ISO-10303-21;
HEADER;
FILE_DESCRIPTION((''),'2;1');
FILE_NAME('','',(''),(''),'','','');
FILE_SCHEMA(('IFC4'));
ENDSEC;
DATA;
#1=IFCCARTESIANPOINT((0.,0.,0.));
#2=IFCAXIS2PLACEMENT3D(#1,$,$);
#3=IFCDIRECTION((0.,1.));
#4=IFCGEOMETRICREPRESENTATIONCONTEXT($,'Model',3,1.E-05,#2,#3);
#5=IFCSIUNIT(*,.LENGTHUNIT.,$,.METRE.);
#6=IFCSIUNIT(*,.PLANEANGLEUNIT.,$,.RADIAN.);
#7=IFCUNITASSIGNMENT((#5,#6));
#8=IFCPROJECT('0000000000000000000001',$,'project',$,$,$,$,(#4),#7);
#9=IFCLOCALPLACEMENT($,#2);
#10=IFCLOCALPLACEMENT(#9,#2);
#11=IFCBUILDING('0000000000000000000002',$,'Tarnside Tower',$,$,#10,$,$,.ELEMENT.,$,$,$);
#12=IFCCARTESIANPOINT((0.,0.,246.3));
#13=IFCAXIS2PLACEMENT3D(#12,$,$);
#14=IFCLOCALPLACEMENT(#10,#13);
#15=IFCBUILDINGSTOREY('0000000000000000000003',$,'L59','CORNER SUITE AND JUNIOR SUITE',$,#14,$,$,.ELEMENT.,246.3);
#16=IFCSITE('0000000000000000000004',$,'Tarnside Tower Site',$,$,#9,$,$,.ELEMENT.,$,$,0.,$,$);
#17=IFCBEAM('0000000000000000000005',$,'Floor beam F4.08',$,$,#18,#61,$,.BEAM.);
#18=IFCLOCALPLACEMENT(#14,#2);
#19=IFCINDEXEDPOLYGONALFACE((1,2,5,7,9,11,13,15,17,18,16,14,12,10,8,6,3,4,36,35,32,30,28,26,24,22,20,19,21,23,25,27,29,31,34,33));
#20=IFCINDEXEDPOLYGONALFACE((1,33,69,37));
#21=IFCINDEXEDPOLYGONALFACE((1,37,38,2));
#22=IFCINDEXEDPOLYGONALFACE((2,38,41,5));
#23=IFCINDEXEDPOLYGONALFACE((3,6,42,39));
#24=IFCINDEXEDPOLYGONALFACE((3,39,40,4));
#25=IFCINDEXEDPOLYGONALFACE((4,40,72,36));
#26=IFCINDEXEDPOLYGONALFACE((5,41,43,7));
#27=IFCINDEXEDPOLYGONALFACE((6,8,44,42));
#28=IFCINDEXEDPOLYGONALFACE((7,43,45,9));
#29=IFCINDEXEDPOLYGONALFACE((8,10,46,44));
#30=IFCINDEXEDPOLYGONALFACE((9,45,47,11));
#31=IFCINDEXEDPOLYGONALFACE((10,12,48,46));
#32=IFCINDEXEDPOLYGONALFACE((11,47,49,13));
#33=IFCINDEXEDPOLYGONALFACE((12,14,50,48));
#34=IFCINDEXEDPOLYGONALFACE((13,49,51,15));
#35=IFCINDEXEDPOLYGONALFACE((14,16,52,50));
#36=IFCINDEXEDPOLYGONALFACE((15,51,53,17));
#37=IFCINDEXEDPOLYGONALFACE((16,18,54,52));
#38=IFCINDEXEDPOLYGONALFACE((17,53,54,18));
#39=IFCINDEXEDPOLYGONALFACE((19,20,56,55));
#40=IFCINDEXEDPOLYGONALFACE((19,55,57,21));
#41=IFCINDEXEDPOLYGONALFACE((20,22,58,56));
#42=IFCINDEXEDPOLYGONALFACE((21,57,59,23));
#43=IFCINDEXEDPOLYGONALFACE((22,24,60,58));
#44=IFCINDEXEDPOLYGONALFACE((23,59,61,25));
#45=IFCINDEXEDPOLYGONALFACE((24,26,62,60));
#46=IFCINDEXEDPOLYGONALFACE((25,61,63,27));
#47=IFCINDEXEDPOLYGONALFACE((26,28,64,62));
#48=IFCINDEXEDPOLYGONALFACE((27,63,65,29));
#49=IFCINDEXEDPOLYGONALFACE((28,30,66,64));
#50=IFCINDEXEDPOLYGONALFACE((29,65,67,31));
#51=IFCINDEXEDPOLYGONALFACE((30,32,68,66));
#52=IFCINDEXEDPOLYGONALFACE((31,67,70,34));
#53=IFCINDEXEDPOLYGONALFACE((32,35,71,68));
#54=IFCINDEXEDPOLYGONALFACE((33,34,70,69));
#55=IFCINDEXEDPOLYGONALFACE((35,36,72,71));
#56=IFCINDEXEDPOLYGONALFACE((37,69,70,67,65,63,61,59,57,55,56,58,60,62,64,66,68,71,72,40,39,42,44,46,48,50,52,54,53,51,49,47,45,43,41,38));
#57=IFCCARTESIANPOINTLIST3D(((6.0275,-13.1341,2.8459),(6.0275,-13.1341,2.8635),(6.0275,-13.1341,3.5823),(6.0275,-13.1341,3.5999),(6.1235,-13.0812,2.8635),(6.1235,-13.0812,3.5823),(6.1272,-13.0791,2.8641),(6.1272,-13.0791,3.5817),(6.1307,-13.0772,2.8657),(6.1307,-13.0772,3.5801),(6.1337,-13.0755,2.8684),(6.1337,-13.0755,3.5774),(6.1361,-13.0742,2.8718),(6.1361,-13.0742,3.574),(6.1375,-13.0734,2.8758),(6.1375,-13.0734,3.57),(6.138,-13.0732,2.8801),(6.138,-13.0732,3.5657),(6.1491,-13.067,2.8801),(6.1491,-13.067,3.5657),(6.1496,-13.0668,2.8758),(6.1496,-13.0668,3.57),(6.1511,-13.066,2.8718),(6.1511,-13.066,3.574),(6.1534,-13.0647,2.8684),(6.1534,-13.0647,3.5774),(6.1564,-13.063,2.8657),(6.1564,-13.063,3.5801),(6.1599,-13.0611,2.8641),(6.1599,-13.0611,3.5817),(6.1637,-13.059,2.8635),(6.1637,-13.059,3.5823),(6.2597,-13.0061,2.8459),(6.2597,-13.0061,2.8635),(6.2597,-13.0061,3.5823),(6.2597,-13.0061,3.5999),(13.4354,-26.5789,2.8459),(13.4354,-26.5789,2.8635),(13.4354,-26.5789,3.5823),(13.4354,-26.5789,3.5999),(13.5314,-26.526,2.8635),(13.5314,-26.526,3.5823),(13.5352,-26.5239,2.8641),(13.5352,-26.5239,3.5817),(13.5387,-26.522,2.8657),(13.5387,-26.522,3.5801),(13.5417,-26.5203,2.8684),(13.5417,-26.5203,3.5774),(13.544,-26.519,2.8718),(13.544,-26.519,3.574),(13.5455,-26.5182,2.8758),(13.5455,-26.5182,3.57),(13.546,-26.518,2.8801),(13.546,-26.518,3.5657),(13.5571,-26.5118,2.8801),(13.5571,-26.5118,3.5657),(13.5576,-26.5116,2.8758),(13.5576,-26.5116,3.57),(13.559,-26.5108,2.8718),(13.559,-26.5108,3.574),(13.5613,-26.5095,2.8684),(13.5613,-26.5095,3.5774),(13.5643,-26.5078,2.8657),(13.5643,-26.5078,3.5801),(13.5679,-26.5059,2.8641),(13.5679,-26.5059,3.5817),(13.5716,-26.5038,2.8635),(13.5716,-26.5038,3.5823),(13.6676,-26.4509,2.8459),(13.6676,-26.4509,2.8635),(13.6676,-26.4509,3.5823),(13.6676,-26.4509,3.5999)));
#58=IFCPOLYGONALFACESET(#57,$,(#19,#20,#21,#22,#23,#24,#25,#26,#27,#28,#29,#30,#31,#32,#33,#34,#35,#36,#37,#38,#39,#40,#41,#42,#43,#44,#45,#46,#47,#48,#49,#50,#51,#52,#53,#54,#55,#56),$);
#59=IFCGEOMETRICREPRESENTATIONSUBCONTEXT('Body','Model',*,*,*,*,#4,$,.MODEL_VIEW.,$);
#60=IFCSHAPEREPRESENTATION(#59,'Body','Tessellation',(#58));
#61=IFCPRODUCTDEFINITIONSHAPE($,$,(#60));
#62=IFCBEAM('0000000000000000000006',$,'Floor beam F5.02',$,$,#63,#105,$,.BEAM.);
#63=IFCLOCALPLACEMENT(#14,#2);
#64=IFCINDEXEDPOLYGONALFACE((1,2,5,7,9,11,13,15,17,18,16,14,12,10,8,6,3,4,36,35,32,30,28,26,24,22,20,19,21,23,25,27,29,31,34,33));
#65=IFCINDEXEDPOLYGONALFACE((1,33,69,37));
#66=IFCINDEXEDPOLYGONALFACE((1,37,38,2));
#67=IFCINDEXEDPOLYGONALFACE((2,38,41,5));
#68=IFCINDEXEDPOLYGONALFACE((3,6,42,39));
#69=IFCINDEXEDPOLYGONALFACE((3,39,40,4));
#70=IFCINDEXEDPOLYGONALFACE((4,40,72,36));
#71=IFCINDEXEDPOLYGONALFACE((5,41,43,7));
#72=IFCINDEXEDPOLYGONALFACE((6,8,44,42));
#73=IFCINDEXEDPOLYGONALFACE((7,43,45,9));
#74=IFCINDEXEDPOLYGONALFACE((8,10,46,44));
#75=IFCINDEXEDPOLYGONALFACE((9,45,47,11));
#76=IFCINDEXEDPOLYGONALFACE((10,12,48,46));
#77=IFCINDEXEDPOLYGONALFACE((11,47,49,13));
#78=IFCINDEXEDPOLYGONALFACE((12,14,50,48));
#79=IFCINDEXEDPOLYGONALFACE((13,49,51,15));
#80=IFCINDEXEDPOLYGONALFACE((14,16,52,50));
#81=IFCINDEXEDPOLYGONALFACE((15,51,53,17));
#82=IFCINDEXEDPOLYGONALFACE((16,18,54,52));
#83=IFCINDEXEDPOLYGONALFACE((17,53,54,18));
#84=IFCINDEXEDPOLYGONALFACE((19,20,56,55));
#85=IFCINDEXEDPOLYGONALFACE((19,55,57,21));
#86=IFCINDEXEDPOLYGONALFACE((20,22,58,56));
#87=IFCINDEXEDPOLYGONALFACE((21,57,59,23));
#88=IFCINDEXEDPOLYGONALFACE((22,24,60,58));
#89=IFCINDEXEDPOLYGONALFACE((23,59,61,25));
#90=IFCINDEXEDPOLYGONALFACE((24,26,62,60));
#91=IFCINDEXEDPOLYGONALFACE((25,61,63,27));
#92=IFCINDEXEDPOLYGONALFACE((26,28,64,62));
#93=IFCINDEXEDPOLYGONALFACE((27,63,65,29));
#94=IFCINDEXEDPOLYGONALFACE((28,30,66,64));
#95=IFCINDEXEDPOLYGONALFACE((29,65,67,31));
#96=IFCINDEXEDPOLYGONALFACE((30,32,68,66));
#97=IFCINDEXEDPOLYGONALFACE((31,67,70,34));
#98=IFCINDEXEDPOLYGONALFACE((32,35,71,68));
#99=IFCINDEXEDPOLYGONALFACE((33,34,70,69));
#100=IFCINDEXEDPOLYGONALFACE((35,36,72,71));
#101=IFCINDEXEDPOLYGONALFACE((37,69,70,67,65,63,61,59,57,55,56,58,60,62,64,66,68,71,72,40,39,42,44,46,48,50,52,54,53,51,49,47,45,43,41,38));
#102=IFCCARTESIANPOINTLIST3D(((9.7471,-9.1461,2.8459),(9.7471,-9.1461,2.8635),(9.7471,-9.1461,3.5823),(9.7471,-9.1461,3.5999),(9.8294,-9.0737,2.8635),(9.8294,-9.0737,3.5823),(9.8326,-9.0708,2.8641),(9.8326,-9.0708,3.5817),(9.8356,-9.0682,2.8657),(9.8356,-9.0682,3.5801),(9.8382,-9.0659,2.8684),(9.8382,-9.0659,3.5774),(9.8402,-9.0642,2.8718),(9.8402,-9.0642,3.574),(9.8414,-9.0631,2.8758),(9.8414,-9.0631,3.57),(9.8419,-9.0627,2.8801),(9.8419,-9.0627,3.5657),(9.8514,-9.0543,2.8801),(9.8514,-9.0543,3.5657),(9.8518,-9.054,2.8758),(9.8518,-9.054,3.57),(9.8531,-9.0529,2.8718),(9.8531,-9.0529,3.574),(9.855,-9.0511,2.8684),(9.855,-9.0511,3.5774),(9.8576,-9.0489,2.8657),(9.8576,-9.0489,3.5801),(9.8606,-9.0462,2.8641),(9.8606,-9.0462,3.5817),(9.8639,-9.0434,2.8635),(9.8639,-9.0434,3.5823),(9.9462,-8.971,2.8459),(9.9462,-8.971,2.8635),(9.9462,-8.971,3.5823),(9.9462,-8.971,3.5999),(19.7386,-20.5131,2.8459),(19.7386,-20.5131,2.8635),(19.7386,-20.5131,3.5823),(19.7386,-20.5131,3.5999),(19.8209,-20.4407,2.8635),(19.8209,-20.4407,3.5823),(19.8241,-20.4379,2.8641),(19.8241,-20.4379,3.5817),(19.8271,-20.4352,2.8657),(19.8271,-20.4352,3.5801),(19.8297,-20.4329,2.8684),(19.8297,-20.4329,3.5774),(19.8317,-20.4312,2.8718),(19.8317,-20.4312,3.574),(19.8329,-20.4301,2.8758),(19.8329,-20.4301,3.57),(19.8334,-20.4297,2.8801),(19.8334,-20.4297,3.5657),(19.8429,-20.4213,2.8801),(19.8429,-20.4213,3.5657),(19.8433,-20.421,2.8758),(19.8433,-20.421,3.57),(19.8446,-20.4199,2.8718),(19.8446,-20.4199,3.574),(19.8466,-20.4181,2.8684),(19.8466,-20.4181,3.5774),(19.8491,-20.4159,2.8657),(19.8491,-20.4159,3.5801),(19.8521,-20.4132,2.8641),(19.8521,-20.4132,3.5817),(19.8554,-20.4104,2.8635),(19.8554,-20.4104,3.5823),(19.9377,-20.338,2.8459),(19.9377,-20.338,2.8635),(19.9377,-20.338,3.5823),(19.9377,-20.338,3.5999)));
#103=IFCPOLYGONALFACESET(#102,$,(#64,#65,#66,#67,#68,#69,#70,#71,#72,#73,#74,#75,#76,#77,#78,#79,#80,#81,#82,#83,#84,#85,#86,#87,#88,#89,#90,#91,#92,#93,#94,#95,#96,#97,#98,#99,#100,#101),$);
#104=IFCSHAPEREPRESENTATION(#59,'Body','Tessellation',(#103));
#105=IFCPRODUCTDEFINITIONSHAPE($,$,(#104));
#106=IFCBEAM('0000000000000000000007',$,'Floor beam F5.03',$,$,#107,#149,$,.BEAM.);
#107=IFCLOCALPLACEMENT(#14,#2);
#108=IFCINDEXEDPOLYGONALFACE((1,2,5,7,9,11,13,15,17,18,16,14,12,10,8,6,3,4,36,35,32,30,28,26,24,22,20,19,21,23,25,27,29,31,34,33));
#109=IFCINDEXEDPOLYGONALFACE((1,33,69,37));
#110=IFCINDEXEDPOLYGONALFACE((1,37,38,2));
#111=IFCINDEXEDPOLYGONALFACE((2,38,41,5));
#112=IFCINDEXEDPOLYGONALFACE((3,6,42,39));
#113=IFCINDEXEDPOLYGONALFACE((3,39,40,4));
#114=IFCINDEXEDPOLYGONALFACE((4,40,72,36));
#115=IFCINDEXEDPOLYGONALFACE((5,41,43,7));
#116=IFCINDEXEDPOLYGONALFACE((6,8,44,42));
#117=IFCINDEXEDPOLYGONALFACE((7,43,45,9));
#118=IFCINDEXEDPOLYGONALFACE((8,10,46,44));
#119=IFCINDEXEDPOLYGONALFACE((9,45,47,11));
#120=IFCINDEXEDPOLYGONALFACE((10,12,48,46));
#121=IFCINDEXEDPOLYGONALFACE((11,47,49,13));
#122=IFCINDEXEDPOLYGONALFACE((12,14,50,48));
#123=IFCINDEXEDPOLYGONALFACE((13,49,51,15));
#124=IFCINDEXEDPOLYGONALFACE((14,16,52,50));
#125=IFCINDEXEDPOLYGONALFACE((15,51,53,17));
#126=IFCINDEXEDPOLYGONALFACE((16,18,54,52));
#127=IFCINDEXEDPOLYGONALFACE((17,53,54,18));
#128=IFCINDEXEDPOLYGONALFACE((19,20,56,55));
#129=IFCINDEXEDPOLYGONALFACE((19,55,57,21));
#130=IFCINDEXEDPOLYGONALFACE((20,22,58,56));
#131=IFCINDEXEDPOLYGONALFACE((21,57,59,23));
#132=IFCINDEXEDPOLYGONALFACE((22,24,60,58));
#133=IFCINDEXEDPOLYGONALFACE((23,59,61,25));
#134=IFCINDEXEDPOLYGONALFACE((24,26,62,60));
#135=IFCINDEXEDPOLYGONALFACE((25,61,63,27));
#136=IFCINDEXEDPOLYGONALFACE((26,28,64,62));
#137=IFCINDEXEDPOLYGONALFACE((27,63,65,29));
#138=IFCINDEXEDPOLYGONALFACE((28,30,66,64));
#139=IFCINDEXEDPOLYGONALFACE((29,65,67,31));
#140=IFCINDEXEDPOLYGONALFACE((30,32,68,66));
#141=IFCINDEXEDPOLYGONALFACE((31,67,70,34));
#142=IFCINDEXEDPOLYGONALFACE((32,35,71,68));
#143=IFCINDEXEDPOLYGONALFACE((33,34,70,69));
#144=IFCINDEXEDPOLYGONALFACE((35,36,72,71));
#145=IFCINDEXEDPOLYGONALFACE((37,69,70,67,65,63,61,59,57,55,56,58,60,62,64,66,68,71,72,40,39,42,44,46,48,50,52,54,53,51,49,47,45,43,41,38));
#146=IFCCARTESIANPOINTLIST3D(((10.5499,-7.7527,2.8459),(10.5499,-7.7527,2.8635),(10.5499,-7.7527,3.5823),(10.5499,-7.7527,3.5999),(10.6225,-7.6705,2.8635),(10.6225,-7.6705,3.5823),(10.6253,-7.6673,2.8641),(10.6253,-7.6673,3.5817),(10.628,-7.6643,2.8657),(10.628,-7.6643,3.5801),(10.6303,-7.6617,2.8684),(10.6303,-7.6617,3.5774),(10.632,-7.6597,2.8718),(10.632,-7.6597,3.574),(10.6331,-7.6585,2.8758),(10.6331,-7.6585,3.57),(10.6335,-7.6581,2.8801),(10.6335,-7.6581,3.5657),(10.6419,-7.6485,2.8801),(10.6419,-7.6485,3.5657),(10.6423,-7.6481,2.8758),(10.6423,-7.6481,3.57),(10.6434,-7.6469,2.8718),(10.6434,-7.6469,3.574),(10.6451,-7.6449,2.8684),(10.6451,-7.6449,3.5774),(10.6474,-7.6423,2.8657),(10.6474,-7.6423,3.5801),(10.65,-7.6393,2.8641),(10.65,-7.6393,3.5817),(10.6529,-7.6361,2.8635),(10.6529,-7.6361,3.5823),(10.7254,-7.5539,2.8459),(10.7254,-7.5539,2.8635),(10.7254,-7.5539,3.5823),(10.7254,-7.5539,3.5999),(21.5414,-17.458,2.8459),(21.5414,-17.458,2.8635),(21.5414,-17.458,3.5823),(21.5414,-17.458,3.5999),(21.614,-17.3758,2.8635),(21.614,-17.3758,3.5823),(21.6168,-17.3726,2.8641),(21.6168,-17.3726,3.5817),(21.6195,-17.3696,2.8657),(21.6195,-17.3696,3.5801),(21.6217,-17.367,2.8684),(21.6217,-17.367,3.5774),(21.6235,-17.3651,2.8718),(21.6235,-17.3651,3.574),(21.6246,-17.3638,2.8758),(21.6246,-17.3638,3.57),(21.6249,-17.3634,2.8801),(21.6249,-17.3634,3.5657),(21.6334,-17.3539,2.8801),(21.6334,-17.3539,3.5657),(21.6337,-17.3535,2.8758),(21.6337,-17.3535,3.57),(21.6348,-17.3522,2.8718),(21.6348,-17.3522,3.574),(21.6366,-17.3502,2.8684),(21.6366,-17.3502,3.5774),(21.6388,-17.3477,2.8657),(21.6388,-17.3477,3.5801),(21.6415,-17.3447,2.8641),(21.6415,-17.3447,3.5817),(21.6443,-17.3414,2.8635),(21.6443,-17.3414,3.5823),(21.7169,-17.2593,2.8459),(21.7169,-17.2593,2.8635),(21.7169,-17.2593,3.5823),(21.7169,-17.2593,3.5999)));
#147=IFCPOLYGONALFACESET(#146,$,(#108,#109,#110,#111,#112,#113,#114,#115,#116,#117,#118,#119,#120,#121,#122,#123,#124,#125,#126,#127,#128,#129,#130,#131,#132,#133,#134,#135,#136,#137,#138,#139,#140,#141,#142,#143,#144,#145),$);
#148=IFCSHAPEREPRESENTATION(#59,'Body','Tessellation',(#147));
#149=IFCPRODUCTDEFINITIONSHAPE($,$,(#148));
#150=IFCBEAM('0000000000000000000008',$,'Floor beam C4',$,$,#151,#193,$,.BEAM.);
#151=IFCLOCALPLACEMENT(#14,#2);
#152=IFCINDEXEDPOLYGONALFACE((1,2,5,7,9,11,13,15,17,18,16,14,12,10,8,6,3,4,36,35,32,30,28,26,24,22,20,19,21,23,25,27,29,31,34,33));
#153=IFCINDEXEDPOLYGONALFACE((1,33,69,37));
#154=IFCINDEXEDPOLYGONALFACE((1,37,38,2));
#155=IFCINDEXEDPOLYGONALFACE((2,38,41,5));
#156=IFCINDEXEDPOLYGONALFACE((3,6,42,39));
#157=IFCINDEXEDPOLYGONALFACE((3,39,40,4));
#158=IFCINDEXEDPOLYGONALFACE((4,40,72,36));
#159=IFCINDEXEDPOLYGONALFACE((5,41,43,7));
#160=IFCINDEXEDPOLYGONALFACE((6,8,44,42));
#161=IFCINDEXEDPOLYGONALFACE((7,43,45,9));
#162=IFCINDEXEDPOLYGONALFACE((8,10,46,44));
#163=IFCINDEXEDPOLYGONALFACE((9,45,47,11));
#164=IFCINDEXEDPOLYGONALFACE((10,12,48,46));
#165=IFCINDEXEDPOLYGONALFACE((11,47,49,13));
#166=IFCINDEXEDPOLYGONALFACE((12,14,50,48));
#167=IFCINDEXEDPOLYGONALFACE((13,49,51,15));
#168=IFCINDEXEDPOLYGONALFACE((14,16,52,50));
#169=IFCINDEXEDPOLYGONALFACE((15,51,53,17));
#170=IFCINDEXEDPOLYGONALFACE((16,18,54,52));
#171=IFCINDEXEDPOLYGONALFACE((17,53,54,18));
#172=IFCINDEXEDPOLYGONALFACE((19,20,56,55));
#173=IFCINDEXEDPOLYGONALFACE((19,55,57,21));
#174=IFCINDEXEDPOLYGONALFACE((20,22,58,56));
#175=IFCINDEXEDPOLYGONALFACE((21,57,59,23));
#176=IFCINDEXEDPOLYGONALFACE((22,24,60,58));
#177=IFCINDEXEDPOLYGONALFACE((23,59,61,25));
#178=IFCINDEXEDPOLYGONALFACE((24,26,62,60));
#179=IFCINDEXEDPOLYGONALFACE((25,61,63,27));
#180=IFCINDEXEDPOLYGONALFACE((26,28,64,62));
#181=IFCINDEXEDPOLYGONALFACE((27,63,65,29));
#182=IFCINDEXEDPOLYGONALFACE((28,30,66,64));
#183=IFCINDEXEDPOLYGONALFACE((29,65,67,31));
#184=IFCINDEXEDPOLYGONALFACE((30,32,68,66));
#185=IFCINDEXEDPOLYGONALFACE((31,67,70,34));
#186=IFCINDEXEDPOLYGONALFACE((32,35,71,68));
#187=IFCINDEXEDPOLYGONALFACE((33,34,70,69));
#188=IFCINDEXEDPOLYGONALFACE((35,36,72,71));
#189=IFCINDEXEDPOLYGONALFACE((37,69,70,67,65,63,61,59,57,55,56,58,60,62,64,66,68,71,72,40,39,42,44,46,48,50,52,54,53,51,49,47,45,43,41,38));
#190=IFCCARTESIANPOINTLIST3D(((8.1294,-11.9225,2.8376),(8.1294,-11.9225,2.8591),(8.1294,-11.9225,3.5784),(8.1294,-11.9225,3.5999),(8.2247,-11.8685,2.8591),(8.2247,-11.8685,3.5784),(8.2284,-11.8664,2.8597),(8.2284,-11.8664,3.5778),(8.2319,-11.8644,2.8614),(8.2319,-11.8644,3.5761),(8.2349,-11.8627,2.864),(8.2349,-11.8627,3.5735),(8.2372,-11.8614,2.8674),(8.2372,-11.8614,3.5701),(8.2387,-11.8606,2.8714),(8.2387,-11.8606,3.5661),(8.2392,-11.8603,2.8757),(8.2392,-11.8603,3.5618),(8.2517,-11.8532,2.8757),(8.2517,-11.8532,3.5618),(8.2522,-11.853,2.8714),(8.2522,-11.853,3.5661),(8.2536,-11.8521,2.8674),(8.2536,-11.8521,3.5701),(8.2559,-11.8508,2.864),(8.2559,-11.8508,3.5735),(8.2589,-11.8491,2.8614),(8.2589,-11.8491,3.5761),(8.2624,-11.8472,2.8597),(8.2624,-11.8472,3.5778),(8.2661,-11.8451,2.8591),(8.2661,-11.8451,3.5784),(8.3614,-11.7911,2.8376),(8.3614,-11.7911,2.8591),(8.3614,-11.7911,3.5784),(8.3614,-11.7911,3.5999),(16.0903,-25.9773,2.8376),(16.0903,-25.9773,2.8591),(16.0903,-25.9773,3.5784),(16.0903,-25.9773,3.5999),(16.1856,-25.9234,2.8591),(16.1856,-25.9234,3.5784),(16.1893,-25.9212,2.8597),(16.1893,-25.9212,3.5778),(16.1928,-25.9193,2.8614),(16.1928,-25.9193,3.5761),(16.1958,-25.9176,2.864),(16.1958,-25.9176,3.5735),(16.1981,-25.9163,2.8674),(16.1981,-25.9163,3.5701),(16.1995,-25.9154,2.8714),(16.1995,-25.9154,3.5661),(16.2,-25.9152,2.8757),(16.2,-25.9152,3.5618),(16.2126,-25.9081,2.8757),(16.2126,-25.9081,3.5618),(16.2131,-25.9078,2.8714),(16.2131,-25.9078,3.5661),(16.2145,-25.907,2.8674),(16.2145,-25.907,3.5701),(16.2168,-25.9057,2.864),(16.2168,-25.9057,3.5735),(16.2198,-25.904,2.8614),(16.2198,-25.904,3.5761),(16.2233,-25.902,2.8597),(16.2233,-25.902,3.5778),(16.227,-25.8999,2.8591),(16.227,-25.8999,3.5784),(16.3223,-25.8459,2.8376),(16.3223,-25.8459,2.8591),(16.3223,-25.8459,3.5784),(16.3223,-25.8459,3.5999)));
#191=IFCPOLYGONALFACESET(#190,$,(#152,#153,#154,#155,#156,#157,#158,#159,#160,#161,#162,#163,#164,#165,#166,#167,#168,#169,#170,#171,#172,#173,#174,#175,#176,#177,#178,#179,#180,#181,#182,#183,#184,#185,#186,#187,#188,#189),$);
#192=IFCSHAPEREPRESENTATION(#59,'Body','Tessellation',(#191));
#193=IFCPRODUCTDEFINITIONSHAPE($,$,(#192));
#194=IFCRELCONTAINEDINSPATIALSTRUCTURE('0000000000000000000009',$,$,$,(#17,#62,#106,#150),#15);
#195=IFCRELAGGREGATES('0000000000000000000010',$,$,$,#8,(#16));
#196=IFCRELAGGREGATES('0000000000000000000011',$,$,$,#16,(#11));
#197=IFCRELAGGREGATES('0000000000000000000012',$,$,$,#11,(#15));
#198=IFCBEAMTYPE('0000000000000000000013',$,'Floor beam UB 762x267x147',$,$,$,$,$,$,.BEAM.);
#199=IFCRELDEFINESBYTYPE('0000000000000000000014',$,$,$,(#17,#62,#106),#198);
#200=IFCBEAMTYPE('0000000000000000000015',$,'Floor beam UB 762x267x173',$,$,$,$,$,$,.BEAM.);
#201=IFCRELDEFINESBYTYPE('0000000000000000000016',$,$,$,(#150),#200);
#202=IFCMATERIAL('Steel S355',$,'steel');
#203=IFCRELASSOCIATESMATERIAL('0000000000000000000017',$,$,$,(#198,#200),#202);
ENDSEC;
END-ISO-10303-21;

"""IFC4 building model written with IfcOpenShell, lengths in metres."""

from ifc_helpers import new_model, si_unit, direction, frame, origin, origin_2d, place, context, subcontext, project, spatial, i_section, extrude, material, material_profile, profile_set, type_object, element, save


model = new_model("IFC4")

# Units and contexts
model_context = context("Model", 3, precision=1e-05, world=origin(), true_north=direction((0.0, 1.0)))
body_context = subcontext(model_context, "Body", "Model", "MODEL_VIEW")
ifc_project = project(units=[si_unit("LENGTHUNIT", "METRE"), si_unit("PLANEANGLEUNIT", "RADIAN")], contexts=[model_context])

# Site, building, storey
site_placement = place(None, origin())
site = spatial("IfcSite", under=ifc_project, at=site_placement, Name="Tarnside Tower Site", CompositionType="ELEMENT", RefElevation=0.0)
building_placement = place(site_placement, origin())
building = spatial("IfcBuilding", under=site, at=building_placement, Name="Tarnside Tower", CompositionType="ELEMENT")
storey_placement = place(building_placement, frame((0.0, 0.0, 246.3)))
storey = spatial("IfcBuildingStorey", under=building, at=storey_placement, Name="L59", Description="CORNER SUITE AND JUNIOR SUITE", CompositionType="ELEMENT", Elevation=246.3)

# Beams
ifc_material_1 = material(Name="Steel S355", Category="steel")
ifc_material_profile_1 = material_profile(ifc_material_1, i_section(OverallWidth=0.2651, OverallDepth=0.7539, WebThickness=0.0127, FlangeThickness=0.0176, FilletRadius=0.0166, at=origin_2d()), Name="UB 762x267x147")
ifc_profile_set_1 = profile_set([ifc_material_profile_1], Name="Steel S355")
beam_type_1 = type_object("IfcBeamType", Name="Floor beam UB 762x267x147", PredefinedType="BEAM", material=ifc_profile_set_1)
beam_1_placement = place(storey_placement, frame((13.5515, -26.5149, 3.2229), z_axis=(-0.482584, 0.87585, 0.0), x_axis=(-0.87585, -0.482584, 0.0)))
element("IfcBeam", 1, at=beam_1_placement, inside=storey, type_object=beam_type_1, Name="Floor beam F4.08", PredefinedType="BEAM", context=body_context, shape_type="SweptSolid", body=[
    extrude(i_section(OverallWidth=0.2651, OverallDepth=0.7539, WebThickness=0.0127, FlangeThickness=0.0176, FilletRadius=0.0166, at=origin_2d()), origin(), (0.0, 0.0, 1.0), 15.3506),
])
beam_2_placement = place(storey_placement, frame((19.8381, -20.4255, 3.2229), z_axis=(-0.660201, 0.751089, 0.0), x_axis=(-0.751089, -0.660201, 0.0)))
element("IfcBeam", 2, at=beam_2_placement, inside=storey, type_object=beam_type_1, Name="Floor beam F5.02", PredefinedType="BEAM", context=body_context, shape_type="SweptSolid", body=[
    extrude(i_section(OverallWidth=0.2651, OverallDepth=0.7539, WebThickness=0.0127, FlangeThickness=0.0176, FilletRadius=0.0166, at=origin_2d()), origin(), (0.0, 0.0, 1.0), 15.134),
])
beam_3_placement = place(storey_placement, frame((21.6292, -17.3586, 3.2229), z_axis=(-0.749602, 0.661889, 0.0), x_axis=(-0.661889, -0.749602, 0.0)))
element("IfcBeam", 3, at=beam_3_placement, inside=storey, type_object=beam_type_1, Name="Floor beam F5.03", PredefinedType="BEAM", context=body_context, shape_type="SweptSolid", body=[
    extrude(i_section(OverallWidth=0.2651, OverallDepth=0.7539, WebThickness=0.0127, FlangeThickness=0.0176, FilletRadius=0.0166, at=origin_2d()), origin(), (0.0, 0.0, 1.0), 14.6631),
])
ifc_material_profile_2 = material_profile(ifc_material_1, i_section(OverallWidth=0.2666, OverallDepth=0.7622, WebThickness=0.0144, FlangeThickness=0.0215, FilletRadius=0.0166, at=origin_2d()), Name="UB 762x267x173")
ifc_profile_set_2 = profile_set([ifc_material_profile_2], Name="Steel S355")
beam_type_2 = type_object("IfcBeamType", Name="Floor beam UB 762x267x173", PredefinedType="BEAM", material=ifc_profile_set_2)
beam_4_placement = place(storey_placement, frame((16.2063, -25.9116, 3.2188), z_axis=(-0.492847, 0.870116, 0.0), x_axis=(-0.870116, -0.492847, 0.0)))
element("IfcBeam", 4, at=beam_4_placement, inside=storey, type_object=beam_type_2, Name="Floor beam C4", PredefinedType="BEAM", context=body_context, shape_type="SweptSolid", body=[
    extrude(i_section(OverallWidth=0.2666, OverallDepth=0.7622, WebThickness=0.0144, FlangeThickness=0.0215, FilletRadius=0.0166, at=origin_2d()), origin(), (0.0, 0.0, 1.0), 16.1528),
])

save(model, "model.ifc")
